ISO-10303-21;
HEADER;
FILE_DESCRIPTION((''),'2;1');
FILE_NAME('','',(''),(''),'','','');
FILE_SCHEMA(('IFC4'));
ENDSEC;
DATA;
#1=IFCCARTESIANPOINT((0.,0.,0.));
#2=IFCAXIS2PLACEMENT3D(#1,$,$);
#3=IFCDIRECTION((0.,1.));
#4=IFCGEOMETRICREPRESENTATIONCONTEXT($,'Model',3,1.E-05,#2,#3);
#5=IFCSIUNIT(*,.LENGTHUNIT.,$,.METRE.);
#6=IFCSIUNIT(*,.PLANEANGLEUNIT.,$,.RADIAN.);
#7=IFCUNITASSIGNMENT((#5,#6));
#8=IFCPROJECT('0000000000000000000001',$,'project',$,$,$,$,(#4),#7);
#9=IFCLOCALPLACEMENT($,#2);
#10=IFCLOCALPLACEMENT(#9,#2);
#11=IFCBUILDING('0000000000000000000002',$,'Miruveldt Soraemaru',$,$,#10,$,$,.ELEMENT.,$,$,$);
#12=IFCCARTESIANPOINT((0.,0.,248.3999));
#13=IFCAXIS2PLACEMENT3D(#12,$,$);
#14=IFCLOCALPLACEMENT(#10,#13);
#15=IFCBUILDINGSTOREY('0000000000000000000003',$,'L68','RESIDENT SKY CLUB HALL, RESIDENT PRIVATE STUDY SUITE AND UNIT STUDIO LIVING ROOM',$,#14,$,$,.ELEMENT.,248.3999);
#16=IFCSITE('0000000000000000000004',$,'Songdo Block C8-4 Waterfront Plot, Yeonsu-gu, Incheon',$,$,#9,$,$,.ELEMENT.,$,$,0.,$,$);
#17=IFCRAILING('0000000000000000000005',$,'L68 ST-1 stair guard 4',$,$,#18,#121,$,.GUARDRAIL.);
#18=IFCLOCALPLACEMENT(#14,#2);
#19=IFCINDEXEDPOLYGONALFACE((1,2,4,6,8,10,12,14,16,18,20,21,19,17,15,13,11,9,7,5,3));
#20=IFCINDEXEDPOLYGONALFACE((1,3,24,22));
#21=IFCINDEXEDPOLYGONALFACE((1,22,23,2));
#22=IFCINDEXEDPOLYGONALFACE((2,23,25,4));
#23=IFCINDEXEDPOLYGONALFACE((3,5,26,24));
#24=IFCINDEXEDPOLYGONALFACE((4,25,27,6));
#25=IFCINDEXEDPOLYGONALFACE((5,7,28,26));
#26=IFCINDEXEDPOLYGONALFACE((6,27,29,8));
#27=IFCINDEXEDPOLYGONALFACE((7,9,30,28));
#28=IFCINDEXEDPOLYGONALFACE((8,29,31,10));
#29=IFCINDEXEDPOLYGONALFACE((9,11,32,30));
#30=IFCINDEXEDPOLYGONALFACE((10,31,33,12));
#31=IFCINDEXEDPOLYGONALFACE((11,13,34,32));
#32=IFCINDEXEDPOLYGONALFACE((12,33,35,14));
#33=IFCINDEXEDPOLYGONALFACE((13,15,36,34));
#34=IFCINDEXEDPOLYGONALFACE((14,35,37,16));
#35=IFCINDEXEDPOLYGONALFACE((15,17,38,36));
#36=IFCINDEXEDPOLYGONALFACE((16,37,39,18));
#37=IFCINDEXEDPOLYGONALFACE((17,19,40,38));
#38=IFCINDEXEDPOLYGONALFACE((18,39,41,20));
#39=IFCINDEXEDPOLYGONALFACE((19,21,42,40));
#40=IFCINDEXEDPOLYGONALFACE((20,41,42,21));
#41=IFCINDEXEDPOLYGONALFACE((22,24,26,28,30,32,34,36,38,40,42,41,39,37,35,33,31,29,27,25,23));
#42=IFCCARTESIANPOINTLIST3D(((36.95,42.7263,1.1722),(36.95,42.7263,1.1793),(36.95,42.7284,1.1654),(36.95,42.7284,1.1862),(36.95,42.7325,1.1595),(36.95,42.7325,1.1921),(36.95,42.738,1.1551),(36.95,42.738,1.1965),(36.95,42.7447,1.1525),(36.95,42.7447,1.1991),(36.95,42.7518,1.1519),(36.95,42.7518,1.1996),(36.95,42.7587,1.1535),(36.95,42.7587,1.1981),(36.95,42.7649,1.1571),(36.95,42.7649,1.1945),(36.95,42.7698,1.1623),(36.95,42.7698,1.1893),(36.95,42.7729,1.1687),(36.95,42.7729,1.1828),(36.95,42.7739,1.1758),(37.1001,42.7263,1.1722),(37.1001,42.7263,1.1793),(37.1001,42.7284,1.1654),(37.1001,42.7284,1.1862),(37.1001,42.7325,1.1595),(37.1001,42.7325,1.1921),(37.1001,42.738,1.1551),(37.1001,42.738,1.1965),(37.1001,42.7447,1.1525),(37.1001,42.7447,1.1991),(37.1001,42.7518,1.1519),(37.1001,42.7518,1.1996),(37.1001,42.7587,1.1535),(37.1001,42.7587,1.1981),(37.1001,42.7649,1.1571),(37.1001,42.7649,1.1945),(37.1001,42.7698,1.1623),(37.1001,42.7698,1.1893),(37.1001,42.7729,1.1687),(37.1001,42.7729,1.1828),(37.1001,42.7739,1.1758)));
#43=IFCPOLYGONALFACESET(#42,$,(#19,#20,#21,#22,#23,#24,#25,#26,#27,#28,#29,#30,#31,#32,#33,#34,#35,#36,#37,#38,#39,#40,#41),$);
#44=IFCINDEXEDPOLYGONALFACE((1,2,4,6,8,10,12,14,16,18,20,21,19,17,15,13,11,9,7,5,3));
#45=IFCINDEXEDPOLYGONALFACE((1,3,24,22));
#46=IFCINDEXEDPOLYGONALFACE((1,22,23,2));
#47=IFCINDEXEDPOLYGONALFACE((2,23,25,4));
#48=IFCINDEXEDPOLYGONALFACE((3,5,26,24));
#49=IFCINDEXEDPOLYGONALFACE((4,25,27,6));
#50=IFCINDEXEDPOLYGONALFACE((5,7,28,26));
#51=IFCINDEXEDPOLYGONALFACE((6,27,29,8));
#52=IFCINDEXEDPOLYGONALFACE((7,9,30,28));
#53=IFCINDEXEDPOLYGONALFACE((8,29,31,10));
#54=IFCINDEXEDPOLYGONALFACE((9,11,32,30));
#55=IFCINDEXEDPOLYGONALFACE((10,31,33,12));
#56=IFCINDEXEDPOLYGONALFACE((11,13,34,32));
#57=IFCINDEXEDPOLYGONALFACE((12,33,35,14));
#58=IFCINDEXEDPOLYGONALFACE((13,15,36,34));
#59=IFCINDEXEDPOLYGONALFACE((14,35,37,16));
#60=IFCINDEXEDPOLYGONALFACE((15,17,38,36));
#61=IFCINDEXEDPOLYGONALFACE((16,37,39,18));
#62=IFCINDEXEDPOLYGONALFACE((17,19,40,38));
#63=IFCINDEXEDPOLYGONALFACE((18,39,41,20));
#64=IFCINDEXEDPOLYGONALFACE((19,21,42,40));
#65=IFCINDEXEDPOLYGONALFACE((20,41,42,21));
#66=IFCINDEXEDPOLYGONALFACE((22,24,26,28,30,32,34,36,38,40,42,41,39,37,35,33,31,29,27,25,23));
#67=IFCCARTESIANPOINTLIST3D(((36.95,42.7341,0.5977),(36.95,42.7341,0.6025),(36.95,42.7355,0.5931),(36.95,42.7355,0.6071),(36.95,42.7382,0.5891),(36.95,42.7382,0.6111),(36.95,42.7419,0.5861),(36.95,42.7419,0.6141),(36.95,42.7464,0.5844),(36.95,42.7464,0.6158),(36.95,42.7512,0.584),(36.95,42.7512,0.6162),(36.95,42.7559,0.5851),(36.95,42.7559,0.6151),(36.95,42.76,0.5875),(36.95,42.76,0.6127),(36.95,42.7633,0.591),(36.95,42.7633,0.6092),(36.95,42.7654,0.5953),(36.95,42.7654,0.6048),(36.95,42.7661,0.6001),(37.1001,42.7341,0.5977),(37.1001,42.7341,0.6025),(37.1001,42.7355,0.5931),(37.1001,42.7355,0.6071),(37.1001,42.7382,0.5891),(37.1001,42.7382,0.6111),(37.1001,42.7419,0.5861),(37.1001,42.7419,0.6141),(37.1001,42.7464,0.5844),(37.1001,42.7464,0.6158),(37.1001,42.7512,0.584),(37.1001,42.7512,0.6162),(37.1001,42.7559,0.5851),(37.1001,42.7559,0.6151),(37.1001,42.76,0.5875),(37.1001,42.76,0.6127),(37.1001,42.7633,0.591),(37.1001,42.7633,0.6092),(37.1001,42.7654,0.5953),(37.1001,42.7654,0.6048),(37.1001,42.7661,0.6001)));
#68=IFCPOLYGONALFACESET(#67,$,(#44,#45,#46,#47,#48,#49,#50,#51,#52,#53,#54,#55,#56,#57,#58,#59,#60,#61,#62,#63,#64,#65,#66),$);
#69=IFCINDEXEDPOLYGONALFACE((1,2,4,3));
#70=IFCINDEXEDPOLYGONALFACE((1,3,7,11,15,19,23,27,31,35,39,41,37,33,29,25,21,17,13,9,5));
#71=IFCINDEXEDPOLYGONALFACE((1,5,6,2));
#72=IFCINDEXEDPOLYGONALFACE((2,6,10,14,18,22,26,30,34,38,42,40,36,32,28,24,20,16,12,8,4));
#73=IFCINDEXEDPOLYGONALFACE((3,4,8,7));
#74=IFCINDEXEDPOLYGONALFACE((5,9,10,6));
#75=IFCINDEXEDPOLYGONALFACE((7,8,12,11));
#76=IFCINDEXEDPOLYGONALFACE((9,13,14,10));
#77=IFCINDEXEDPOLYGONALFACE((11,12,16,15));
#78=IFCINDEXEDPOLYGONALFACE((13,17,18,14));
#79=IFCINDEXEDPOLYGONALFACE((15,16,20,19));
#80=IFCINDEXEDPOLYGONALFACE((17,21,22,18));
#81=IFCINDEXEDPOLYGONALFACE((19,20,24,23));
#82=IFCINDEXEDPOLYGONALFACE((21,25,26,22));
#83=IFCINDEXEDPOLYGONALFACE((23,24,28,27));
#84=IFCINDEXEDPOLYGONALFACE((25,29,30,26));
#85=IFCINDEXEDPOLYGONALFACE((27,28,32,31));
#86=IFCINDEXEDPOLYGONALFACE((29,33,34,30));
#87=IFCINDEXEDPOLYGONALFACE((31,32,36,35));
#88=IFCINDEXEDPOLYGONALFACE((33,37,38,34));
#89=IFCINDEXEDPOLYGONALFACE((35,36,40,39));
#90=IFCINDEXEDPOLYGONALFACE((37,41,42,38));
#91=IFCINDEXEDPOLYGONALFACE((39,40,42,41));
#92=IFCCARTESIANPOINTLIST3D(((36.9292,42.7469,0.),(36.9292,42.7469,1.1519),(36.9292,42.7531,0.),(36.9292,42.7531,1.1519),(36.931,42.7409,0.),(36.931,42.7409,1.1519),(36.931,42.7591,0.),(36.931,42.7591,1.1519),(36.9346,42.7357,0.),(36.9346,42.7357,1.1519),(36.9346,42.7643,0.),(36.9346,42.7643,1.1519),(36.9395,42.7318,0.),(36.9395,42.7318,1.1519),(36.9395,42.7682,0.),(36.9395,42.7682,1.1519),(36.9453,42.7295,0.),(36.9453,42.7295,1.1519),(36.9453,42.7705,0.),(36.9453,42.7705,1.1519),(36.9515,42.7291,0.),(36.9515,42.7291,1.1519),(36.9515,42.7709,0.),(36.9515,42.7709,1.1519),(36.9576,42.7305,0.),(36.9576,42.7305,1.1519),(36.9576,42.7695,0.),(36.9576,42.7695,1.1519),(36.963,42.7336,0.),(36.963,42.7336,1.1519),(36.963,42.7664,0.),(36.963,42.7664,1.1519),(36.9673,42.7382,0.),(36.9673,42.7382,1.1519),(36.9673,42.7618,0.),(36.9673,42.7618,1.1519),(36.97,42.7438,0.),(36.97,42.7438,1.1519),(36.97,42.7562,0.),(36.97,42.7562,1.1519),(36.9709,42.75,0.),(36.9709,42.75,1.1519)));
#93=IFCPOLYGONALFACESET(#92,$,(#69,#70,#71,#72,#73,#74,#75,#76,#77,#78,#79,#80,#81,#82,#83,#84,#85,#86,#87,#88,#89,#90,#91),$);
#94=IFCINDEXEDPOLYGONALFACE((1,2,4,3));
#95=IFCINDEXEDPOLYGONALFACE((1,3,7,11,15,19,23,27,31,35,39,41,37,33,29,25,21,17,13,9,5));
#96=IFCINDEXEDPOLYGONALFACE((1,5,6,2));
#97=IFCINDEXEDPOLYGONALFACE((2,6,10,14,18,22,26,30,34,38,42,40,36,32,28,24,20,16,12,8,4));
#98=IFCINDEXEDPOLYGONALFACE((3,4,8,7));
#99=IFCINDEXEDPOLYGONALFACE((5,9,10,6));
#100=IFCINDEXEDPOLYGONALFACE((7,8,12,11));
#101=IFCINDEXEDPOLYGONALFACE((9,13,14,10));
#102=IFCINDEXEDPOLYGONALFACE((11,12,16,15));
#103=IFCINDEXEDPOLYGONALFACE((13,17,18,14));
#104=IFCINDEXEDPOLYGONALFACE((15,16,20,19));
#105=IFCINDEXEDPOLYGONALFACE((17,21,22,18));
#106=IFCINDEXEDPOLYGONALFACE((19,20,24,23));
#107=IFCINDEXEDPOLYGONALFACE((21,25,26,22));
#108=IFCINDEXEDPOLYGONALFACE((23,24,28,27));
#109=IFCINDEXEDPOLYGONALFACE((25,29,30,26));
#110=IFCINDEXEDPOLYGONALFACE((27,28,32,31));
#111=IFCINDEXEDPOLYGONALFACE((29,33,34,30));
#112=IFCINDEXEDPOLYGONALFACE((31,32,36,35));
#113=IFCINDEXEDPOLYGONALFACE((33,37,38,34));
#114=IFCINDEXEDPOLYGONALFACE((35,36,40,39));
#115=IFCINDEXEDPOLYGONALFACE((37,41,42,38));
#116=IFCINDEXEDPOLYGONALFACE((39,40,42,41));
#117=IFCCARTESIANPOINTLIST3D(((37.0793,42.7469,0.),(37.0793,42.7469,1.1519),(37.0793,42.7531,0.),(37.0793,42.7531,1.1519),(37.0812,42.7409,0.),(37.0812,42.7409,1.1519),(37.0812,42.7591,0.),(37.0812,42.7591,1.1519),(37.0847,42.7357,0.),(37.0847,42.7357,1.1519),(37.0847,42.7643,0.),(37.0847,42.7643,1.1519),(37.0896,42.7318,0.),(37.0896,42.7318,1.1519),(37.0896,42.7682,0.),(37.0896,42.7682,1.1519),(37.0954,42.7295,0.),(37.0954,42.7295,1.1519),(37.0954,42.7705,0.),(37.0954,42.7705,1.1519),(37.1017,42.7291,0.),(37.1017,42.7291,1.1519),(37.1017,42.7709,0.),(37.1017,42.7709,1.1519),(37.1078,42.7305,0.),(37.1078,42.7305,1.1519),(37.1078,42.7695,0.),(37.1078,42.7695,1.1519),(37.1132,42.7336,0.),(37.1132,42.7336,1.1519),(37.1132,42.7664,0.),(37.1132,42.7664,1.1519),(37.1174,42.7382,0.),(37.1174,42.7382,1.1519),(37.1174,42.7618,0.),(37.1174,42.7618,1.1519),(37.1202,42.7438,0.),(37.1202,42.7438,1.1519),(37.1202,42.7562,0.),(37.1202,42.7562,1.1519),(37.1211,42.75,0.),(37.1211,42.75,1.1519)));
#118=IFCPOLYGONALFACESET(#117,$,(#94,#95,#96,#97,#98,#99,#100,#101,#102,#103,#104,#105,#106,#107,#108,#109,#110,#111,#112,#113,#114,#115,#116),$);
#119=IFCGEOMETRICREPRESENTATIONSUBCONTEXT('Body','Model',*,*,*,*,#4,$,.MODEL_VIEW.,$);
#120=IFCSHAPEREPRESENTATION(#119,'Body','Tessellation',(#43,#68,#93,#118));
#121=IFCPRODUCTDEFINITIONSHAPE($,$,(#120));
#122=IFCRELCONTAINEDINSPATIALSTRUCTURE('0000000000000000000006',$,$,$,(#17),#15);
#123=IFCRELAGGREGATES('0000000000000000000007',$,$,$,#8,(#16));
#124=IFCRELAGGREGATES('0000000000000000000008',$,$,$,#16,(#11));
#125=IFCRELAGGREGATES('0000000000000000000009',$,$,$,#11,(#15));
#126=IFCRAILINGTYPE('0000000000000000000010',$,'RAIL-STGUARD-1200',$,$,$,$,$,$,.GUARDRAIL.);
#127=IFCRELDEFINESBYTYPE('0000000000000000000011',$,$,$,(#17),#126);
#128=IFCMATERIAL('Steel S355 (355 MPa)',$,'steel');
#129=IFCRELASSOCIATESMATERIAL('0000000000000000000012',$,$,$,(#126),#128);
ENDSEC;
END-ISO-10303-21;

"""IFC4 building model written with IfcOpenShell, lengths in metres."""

from ifc_helpers import new_model, si_unit, direction, frame, origin, origin_2d, place, context, subcontext, project, spatial, circle, extrude, material, type_object, element, save


model = new_model("IFC4")

# Units and contexts
model_context = context("Model", 3, precision=1e-05, world=origin(), true_north=direction((0.0, 1.0)))
body_context = subcontext(model_context, "Body", "Model", "MODEL_VIEW")
ifc_project = project(units=[si_unit("LENGTHUNIT", "METRE"), si_unit("PLANEANGLEUNIT", "RADIAN")], contexts=[model_context])

# Site, building, storey
site_placement = place(None, origin())
site = spatial("IfcSite", under=ifc_project, at=site_placement, Name="Songdo Block C8-4 Waterfront Plot, Yeonsu-gu, Incheon", CompositionType="ELEMENT", RefElevation=0.0)
building_placement = place(site_placement, origin())
building = spatial("IfcBuilding", under=site, at=building_placement, Name="Miruveldt Soraemaru", CompositionType="ELEMENT")
storey_placement = place(building_placement, frame((0.0, 0.0, 248.3999)))
storey = spatial("IfcBuildingStorey", under=building, at=storey_placement, Name="L68", Description="RESIDENT SKY CLUB HALL, RESIDENT PRIVATE STUDY SUITE AND UNIT STUDIO LIVING ROOM", CompositionType="ELEMENT", Elevation=248.3999)

# Railing
ifc_material_1 = material(Name="Steel S355 (355 MPa)", Category="steel")
railing_type_1 = type_object("IfcRailingType", Name="RAIL-STGUARD-1200", PredefinedType="GUARDRAIL", material=ifc_material_1)
railing_1_placement = place(storey_placement, frame((36.95, 42.75, 0.0)))
element("IfcRailing", 1, at=railing_1_placement, inside=storey, type_object=railing_type_1, Name="L68 ST-1 stair guard 4", PredefinedType="GUARDRAIL", context=body_context, shape_type="SweptSolid", body=[
    extrude(circle(Radius=0.0239, at=origin_2d()), frame((0.0, 0.0, 1.1758), z_axis=(1.0, 0.0, 0.0), x_axis=(0.0, 1.0, 0.0)), (0.0, 0.0, 1.0), 0.1501),
    extrude(circle(Radius=0.0161, at=origin_2d()), frame((0.0, 0.0, 0.6001), z_axis=(1.0, 0.0, 0.0), x_axis=(0.0, 1.0, 0.0)), (0.0, 0.0, 1.0), 0.1501),
    extrude(circle(Radius=0.021, at=origin_2d()), origin(), (0.0, 0.0, 1.0), 1.1519),
    extrude(circle(Radius=0.021, at=origin_2d()), frame((0.1501, 0.0, 0.0)), (0.0, 0.0, 1.0), 1.1519),
])

save(model, "model.ifc")
